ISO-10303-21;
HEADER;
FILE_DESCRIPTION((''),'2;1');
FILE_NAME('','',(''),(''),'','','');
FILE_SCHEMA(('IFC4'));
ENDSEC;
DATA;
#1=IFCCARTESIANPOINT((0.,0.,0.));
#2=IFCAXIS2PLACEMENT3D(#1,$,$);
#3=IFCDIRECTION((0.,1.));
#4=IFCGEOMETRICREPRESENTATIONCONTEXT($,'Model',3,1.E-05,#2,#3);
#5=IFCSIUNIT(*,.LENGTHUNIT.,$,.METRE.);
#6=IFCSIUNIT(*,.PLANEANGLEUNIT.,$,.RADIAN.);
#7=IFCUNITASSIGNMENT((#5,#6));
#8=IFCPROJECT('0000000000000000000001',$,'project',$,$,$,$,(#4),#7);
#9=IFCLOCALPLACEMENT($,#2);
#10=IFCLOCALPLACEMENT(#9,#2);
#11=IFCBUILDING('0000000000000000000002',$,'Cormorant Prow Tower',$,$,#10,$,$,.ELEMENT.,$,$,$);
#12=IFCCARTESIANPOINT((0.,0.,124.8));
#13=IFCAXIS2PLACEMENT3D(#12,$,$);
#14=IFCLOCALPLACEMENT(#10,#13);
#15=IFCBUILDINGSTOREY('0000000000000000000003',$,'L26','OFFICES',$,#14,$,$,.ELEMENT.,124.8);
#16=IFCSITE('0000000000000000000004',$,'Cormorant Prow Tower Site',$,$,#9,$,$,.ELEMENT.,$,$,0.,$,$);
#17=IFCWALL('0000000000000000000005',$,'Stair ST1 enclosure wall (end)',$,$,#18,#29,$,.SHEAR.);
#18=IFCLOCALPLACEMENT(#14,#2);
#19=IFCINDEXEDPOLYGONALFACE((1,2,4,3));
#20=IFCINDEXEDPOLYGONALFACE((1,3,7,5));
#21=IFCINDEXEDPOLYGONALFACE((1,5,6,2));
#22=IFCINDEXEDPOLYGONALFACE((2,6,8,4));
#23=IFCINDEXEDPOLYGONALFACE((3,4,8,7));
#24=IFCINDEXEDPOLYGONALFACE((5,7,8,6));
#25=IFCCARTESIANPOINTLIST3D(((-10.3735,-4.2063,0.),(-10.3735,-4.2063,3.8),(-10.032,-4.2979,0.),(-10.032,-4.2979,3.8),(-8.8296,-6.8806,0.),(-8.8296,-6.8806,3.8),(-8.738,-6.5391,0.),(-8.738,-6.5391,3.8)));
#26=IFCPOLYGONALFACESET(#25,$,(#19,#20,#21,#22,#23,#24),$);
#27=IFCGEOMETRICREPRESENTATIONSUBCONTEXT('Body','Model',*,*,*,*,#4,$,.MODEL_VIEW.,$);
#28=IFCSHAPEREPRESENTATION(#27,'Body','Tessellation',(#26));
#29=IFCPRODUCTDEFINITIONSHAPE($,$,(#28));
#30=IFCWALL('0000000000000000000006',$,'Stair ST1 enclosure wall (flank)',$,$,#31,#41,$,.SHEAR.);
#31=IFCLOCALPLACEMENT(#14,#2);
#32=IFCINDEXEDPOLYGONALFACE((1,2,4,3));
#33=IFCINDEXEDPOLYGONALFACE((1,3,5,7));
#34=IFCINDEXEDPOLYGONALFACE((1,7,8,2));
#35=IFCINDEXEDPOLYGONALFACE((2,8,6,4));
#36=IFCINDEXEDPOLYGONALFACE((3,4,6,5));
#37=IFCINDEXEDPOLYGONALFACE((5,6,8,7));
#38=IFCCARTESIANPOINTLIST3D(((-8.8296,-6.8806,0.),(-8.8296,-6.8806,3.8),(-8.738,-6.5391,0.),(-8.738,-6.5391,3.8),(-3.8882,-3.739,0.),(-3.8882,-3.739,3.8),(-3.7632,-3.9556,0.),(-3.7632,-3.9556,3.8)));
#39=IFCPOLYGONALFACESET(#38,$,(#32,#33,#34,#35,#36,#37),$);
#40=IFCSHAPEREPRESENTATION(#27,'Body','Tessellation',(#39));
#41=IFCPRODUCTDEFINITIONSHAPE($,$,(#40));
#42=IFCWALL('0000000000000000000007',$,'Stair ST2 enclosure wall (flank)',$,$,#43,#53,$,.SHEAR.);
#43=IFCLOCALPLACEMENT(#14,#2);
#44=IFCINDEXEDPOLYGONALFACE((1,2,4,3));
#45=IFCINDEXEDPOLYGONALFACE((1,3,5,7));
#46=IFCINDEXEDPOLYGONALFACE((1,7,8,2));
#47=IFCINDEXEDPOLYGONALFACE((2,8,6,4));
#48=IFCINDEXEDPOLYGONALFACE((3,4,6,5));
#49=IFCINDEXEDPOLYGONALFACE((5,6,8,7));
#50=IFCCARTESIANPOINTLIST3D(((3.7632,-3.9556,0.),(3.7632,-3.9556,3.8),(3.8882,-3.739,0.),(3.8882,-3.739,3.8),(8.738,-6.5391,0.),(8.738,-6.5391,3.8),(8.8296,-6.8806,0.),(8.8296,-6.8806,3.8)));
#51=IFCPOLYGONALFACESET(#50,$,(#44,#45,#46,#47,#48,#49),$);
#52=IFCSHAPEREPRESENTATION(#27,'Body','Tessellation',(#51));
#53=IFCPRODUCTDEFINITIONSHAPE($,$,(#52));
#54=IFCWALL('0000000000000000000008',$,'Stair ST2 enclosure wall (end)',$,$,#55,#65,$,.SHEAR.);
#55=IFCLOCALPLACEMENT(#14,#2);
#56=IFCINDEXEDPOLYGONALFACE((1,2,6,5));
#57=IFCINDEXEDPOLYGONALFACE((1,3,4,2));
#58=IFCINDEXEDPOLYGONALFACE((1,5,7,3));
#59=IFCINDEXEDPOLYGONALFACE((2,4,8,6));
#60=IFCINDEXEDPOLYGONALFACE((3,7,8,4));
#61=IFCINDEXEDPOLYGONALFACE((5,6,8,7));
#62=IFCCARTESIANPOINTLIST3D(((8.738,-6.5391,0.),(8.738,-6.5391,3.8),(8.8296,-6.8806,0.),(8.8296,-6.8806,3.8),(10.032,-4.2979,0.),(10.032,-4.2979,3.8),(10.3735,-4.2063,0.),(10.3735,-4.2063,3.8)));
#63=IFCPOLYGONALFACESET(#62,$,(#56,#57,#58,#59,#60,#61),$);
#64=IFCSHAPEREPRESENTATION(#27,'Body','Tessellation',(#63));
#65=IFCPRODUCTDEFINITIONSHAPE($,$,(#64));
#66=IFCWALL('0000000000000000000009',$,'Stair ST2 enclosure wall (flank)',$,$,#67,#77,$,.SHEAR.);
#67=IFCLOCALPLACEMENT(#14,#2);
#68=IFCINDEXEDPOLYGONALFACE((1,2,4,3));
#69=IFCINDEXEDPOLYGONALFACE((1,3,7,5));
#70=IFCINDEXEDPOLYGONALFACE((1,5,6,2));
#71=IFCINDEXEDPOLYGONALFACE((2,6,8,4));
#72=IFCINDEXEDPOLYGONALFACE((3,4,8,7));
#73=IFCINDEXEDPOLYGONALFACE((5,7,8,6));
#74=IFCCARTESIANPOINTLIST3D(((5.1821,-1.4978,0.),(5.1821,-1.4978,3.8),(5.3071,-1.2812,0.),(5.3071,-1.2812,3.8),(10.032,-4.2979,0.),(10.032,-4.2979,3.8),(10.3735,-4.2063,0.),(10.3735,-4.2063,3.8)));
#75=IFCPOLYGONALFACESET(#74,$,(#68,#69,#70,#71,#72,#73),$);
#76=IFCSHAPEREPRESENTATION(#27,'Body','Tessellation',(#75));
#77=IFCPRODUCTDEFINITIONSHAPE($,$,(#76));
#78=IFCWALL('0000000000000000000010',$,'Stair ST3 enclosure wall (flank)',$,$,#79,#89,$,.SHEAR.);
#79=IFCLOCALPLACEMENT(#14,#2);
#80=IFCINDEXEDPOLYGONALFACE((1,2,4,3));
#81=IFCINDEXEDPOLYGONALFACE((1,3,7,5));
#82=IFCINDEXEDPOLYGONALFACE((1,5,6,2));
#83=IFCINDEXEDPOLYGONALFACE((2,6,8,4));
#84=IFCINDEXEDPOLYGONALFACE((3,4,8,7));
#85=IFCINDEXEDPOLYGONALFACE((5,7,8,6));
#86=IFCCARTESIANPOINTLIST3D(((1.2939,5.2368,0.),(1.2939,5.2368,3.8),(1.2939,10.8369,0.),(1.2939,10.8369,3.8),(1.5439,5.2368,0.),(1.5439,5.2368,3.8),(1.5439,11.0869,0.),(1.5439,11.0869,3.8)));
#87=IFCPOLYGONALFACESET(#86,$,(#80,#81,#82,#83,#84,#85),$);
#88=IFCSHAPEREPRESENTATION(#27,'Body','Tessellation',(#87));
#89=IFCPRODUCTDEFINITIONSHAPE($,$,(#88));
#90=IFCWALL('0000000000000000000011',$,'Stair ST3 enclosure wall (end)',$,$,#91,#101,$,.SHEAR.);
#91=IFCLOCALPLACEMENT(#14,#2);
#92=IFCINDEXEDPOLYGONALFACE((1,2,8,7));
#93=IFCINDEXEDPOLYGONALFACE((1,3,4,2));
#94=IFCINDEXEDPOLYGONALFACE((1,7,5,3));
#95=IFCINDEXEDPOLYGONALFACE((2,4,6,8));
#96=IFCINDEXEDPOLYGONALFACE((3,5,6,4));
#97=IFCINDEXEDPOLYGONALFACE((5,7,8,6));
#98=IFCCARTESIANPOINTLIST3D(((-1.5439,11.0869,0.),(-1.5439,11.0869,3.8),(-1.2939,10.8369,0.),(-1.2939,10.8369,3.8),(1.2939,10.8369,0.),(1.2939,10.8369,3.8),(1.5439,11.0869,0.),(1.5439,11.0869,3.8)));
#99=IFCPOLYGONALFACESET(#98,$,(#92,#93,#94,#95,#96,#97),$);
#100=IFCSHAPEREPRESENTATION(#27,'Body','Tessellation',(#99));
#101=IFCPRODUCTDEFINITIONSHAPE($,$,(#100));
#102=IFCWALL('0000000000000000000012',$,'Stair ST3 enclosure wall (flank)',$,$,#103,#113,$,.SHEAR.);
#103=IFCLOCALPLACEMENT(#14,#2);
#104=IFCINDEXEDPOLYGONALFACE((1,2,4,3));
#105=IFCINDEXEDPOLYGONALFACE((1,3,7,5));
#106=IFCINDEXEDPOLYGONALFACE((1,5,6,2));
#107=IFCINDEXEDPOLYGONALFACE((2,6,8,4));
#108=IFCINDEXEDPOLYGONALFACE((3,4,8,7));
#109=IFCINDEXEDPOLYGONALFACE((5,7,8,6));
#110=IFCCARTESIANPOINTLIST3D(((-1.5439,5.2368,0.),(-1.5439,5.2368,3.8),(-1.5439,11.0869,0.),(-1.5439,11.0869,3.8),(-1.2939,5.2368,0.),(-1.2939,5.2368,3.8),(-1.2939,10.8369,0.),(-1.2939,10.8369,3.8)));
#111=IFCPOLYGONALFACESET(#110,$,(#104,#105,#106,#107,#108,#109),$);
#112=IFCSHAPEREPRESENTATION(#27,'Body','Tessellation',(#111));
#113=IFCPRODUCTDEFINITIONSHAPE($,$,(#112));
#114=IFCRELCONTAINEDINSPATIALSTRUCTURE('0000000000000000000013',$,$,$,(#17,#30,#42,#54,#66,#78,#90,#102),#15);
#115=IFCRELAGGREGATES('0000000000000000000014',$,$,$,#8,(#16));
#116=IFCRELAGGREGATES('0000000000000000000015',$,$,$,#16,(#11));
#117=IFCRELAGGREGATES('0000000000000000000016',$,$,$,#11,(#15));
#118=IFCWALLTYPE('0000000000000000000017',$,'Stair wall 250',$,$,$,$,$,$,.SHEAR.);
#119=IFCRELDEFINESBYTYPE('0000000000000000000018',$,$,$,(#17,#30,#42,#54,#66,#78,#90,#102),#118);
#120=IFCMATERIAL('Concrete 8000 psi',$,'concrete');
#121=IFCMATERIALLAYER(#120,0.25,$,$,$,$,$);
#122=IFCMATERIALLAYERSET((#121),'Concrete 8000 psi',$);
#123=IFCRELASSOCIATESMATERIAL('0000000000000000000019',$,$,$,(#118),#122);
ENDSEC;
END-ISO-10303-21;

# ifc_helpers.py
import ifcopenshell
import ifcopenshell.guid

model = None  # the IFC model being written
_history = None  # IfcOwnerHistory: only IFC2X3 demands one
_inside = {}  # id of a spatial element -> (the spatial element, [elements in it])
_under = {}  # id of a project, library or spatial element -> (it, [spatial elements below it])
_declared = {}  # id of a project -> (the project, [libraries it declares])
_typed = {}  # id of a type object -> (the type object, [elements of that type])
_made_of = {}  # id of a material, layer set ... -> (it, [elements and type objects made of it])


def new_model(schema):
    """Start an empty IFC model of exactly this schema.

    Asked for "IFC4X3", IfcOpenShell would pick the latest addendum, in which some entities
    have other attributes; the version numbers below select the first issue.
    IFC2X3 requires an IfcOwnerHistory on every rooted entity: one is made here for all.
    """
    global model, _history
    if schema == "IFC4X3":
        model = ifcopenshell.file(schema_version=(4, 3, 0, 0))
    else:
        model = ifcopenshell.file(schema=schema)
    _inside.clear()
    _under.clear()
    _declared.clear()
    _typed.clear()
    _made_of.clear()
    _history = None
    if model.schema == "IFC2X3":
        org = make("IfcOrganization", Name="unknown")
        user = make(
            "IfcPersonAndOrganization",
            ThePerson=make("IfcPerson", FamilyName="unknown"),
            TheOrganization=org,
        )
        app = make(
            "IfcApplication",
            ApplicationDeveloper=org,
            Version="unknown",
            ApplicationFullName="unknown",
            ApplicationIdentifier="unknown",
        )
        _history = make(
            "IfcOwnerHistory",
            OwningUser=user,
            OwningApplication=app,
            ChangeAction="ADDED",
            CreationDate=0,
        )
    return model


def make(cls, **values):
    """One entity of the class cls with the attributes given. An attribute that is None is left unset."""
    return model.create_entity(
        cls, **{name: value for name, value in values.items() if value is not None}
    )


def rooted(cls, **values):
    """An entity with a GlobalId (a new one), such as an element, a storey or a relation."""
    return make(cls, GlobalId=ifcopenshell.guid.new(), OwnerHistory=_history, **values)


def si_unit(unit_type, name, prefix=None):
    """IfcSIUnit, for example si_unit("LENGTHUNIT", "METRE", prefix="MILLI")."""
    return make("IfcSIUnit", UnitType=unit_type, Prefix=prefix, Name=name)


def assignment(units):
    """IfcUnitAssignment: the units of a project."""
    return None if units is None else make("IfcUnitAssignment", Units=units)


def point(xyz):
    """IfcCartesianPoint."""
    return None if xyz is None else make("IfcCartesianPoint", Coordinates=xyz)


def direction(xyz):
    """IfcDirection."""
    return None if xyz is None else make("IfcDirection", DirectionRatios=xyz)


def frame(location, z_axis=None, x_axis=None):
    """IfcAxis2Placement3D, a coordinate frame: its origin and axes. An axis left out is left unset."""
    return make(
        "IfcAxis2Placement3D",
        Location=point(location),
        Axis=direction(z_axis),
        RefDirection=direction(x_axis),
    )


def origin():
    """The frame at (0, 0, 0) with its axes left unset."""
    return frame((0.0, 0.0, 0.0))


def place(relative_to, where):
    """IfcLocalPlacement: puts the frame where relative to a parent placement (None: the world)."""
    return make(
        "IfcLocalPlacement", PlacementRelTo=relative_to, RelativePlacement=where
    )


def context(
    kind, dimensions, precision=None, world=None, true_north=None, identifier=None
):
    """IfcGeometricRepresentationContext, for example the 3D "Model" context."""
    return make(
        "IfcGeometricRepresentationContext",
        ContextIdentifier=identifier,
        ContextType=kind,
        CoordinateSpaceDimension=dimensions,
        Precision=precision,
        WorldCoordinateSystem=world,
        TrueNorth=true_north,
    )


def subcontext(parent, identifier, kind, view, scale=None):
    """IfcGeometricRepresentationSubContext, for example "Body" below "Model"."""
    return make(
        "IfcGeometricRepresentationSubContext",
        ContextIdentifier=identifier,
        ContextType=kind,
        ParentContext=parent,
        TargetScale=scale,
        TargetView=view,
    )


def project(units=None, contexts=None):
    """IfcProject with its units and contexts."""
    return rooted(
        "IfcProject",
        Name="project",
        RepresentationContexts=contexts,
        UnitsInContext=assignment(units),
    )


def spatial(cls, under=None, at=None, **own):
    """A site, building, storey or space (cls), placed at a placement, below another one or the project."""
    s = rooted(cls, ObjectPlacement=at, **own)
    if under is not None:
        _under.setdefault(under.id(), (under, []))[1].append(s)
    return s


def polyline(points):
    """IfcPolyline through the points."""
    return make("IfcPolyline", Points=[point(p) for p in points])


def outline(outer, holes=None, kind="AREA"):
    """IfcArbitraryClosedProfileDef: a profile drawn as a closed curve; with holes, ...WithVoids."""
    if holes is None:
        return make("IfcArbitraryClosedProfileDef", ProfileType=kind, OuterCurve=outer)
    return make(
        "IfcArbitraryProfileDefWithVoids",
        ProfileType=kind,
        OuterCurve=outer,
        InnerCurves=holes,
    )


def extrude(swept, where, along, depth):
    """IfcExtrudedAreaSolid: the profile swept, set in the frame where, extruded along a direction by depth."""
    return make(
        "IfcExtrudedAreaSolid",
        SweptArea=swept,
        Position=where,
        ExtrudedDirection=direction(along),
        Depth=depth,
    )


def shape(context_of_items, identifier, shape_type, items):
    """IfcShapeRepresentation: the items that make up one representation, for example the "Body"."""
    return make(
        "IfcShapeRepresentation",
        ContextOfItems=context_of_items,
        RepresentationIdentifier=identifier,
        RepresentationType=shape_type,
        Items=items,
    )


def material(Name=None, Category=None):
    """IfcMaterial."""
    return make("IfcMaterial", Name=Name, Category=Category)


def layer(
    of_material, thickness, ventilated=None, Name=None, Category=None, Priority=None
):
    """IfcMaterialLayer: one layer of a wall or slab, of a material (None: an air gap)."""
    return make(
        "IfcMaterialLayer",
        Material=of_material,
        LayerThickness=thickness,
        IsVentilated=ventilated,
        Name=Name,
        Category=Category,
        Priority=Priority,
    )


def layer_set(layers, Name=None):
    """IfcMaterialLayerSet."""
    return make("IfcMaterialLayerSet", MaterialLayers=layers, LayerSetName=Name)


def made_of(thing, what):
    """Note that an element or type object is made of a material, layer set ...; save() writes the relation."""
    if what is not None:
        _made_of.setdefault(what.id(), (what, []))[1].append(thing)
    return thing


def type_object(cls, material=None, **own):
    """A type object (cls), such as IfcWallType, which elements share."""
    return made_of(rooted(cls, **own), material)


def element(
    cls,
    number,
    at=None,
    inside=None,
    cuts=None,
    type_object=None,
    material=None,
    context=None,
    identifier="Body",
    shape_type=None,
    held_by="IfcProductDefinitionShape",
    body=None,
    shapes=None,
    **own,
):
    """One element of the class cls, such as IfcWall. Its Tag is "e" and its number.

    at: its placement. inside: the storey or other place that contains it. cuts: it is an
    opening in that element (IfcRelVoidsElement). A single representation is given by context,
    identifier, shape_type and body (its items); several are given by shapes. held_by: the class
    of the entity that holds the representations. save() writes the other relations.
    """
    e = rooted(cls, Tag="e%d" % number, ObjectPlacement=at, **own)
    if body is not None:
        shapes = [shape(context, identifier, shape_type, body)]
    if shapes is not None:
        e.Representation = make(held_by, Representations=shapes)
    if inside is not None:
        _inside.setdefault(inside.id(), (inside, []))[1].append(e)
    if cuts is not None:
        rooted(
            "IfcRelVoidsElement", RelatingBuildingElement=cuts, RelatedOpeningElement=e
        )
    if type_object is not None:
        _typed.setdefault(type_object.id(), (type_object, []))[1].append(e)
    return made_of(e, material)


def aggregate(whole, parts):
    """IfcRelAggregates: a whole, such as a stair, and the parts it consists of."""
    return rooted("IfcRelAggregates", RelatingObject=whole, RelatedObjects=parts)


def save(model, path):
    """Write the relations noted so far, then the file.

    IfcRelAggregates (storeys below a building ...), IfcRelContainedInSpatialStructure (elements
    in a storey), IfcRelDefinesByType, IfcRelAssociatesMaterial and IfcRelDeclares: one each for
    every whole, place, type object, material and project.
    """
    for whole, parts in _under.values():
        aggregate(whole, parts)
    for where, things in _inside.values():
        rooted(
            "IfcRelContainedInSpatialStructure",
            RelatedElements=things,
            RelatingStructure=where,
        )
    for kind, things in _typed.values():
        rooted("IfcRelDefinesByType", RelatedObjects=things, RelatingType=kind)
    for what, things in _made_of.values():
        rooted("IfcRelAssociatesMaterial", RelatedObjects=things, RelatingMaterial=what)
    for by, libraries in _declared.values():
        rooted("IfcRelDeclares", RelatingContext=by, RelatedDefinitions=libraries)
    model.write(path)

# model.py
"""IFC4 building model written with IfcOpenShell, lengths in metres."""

from ifc_helpers import new_model, si_unit, direction, frame, origin, place, context, subcontext, project, spatial, polyline, outline, extrude, material, layer, layer_set, type_object, element, save


model = new_model("IFC4")

# Units and contexts
model_context = context("Model", 3, precision=1e-05, world=origin(), true_north=direction((0.0, 1.0)))
body_context = subcontext(model_context, "Body", "Model", "MODEL_VIEW")
ifc_project = project(units=[si_unit("LENGTHUNIT", "METRE"), si_unit("PLANEANGLEUNIT", "RADIAN")], contexts=[model_context])

# Site, building, storey
site_placement = place(None, origin())
site = spatial("IfcSite", under=ifc_project, at=site_placement, Name="Cormorant Prow Tower Site", CompositionType="ELEMENT", RefElevation=0.0)
building_placement = place(site_placement, origin())
building = spatial("IfcBuilding", under=site, at=building_placement, Name="Cormorant Prow Tower", CompositionType="ELEMENT")
storey_placement = place(building_placement, frame((0.0, 0.0, 124.8)))
storey = spatial("IfcBuildingStorey", under=building, at=storey_placement, Name="L26", Description="OFFICES", CompositionType="ELEMENT", Elevation=124.8)

# Walls
ifc_material_1 = material(Name="Concrete 8000 psi", Category="concrete")
ifc_layer_1 = layer(ifc_material_1, 0.25)
ifc_layer_set_1 = layer_set([ifc_layer_1], Name="Concrete 8000 psi")
wall_type_1 = type_object("IfcWallType", Name="Stair wall 250", PredefinedType="SHEAR", material=ifc_layer_set_1)
wall_1_placement = place(storey_placement, origin())
element("IfcWall", 1, at=wall_1_placement, inside=storey, type_object=wall_type_1, Name="Stair ST1 enclosure wall (end)", PredefinedType="SHEAR", context=body_context, shape_type="SweptSolid", body=[
    extrude(outline(polyline([(-10.3735, -4.2063), (-8.8296, -6.8806), (-8.738, -6.5391), (-10.032, -4.2979), (-10.3735, -4.2063)])), origin(), (0.0, 0.0, 1.0), 3.8),
])
wall_2_placement = place(storey_placement, origin())
element("IfcWall", 2, at=wall_2_placement, inside=storey, type_object=wall_type_1, Name="Stair ST1 enclosure wall (flank)", PredefinedType="SHEAR", context=body_context, shape_type="SweptSolid", body=[
    extrude(outline(polyline([(-8.738, -6.5391), (-8.8296, -6.8806), (-3.7632, -3.9556), (-3.8882, -3.739), (-8.738, -6.5391)])), origin(), (0.0, 0.0, 1.0), 3.8),
])
wall_3_placement = place(storey_placement, origin())
element("IfcWall", 3, at=wall_3_placement, inside=storey, type_object=wall_type_1, Name="Stair ST2 enclosure wall (flank)", PredefinedType="SHEAR", context=body_context, shape_type="SweptSolid", body=[
    extrude(outline(polyline([(3.7632, -3.9556), (8.8296, -6.8806), (8.738, -6.5391), (3.8882, -3.739), (3.7632, -3.9556)])), origin(), (0.0, 0.0, 1.0), 3.8),
])
wall_4_placement = place(storey_placement, origin())
element("IfcWall", 4, at=wall_4_placement, inside=storey, type_object=wall_type_1, Name="Stair ST2 enclosure wall (end)", PredefinedType="SHEAR", context=body_context, shape_type="SweptSolid", body=[
    extrude(outline(polyline([(8.8296, -6.8806), (10.3735, -4.2063), (10.032, -4.2979), (8.738, -6.5391), (8.8296, -6.8806)])), origin(), (0.0, 0.0, 1.0), 3.8),
])
wall_5_placement = place(storey_placement, origin())
element("IfcWall", 5, at=wall_5_placement, inside=storey, type_object=wall_type_1, Name="Stair ST2 enclosure wall (flank)", PredefinedType="SHEAR", context=body_context, shape_type="SweptSolid", body=[
    extrude(outline(polyline([(10.032, -4.2979), (10.3735, -4.2063), (5.3071, -1.2812), (5.1821, -1.4978), (10.032, -4.2979)])), origin(), (0.0, 0.0, 1.0), 3.8),
])
wall_6_placement = place(storey_placement, origin())
element("IfcWall", 6, at=wall_6_placement, inside=storey, type_object=wall_type_1, Name="Stair ST3 enclosure wall (flank)", PredefinedType="SHEAR", context=body_context, shape_type="SweptSolid", body=[
    extrude(outline(polyline([(1.5439, 5.2368), (1.5439, 11.0869), (1.2939, 10.8369), (1.2939, 5.2368), (1.5439, 5.2368)])), origin(), (0.0, 0.0, 1.0), 3.8),
])
wall_7_placement = place(storey_placement, origin())
element("IfcWall", 7, at=wall_7_placement, inside=storey, type_object=wall_type_1, Name="Stair ST3 enclosure wall (end)", PredefinedType="SHEAR", context=body_context, shape_type="SweptSolid", body=[
    extrude(outline(polyline([(1.5439, 11.0869), (-1.5439, 11.0869), (-1.2939, 10.8369), (1.2939, 10.8369), (1.5439, 11.0869)])), origin(), (0.0, 0.0, 1.0), 3.8),
])
wall_8_placement = place(storey_placement, origin())
element("IfcWall", 8, at=wall_8_placement, inside=storey, type_object=wall_type_1, Name="Stair ST3 enclosure wall (flank)", PredefinedType="SHEAR", context=body_context, shape_type="SweptSolid", body=[
    extrude(outline(polyline([(-1.2939, 10.8369), (-1.5439, 11.0869), (-1.5439, 5.2368), (-1.2939, 5.2368), (-1.2939, 10.8369)])), origin(), (0.0, 0.0, 1.0), 3.8),
])

save(model, "model.ifc")
